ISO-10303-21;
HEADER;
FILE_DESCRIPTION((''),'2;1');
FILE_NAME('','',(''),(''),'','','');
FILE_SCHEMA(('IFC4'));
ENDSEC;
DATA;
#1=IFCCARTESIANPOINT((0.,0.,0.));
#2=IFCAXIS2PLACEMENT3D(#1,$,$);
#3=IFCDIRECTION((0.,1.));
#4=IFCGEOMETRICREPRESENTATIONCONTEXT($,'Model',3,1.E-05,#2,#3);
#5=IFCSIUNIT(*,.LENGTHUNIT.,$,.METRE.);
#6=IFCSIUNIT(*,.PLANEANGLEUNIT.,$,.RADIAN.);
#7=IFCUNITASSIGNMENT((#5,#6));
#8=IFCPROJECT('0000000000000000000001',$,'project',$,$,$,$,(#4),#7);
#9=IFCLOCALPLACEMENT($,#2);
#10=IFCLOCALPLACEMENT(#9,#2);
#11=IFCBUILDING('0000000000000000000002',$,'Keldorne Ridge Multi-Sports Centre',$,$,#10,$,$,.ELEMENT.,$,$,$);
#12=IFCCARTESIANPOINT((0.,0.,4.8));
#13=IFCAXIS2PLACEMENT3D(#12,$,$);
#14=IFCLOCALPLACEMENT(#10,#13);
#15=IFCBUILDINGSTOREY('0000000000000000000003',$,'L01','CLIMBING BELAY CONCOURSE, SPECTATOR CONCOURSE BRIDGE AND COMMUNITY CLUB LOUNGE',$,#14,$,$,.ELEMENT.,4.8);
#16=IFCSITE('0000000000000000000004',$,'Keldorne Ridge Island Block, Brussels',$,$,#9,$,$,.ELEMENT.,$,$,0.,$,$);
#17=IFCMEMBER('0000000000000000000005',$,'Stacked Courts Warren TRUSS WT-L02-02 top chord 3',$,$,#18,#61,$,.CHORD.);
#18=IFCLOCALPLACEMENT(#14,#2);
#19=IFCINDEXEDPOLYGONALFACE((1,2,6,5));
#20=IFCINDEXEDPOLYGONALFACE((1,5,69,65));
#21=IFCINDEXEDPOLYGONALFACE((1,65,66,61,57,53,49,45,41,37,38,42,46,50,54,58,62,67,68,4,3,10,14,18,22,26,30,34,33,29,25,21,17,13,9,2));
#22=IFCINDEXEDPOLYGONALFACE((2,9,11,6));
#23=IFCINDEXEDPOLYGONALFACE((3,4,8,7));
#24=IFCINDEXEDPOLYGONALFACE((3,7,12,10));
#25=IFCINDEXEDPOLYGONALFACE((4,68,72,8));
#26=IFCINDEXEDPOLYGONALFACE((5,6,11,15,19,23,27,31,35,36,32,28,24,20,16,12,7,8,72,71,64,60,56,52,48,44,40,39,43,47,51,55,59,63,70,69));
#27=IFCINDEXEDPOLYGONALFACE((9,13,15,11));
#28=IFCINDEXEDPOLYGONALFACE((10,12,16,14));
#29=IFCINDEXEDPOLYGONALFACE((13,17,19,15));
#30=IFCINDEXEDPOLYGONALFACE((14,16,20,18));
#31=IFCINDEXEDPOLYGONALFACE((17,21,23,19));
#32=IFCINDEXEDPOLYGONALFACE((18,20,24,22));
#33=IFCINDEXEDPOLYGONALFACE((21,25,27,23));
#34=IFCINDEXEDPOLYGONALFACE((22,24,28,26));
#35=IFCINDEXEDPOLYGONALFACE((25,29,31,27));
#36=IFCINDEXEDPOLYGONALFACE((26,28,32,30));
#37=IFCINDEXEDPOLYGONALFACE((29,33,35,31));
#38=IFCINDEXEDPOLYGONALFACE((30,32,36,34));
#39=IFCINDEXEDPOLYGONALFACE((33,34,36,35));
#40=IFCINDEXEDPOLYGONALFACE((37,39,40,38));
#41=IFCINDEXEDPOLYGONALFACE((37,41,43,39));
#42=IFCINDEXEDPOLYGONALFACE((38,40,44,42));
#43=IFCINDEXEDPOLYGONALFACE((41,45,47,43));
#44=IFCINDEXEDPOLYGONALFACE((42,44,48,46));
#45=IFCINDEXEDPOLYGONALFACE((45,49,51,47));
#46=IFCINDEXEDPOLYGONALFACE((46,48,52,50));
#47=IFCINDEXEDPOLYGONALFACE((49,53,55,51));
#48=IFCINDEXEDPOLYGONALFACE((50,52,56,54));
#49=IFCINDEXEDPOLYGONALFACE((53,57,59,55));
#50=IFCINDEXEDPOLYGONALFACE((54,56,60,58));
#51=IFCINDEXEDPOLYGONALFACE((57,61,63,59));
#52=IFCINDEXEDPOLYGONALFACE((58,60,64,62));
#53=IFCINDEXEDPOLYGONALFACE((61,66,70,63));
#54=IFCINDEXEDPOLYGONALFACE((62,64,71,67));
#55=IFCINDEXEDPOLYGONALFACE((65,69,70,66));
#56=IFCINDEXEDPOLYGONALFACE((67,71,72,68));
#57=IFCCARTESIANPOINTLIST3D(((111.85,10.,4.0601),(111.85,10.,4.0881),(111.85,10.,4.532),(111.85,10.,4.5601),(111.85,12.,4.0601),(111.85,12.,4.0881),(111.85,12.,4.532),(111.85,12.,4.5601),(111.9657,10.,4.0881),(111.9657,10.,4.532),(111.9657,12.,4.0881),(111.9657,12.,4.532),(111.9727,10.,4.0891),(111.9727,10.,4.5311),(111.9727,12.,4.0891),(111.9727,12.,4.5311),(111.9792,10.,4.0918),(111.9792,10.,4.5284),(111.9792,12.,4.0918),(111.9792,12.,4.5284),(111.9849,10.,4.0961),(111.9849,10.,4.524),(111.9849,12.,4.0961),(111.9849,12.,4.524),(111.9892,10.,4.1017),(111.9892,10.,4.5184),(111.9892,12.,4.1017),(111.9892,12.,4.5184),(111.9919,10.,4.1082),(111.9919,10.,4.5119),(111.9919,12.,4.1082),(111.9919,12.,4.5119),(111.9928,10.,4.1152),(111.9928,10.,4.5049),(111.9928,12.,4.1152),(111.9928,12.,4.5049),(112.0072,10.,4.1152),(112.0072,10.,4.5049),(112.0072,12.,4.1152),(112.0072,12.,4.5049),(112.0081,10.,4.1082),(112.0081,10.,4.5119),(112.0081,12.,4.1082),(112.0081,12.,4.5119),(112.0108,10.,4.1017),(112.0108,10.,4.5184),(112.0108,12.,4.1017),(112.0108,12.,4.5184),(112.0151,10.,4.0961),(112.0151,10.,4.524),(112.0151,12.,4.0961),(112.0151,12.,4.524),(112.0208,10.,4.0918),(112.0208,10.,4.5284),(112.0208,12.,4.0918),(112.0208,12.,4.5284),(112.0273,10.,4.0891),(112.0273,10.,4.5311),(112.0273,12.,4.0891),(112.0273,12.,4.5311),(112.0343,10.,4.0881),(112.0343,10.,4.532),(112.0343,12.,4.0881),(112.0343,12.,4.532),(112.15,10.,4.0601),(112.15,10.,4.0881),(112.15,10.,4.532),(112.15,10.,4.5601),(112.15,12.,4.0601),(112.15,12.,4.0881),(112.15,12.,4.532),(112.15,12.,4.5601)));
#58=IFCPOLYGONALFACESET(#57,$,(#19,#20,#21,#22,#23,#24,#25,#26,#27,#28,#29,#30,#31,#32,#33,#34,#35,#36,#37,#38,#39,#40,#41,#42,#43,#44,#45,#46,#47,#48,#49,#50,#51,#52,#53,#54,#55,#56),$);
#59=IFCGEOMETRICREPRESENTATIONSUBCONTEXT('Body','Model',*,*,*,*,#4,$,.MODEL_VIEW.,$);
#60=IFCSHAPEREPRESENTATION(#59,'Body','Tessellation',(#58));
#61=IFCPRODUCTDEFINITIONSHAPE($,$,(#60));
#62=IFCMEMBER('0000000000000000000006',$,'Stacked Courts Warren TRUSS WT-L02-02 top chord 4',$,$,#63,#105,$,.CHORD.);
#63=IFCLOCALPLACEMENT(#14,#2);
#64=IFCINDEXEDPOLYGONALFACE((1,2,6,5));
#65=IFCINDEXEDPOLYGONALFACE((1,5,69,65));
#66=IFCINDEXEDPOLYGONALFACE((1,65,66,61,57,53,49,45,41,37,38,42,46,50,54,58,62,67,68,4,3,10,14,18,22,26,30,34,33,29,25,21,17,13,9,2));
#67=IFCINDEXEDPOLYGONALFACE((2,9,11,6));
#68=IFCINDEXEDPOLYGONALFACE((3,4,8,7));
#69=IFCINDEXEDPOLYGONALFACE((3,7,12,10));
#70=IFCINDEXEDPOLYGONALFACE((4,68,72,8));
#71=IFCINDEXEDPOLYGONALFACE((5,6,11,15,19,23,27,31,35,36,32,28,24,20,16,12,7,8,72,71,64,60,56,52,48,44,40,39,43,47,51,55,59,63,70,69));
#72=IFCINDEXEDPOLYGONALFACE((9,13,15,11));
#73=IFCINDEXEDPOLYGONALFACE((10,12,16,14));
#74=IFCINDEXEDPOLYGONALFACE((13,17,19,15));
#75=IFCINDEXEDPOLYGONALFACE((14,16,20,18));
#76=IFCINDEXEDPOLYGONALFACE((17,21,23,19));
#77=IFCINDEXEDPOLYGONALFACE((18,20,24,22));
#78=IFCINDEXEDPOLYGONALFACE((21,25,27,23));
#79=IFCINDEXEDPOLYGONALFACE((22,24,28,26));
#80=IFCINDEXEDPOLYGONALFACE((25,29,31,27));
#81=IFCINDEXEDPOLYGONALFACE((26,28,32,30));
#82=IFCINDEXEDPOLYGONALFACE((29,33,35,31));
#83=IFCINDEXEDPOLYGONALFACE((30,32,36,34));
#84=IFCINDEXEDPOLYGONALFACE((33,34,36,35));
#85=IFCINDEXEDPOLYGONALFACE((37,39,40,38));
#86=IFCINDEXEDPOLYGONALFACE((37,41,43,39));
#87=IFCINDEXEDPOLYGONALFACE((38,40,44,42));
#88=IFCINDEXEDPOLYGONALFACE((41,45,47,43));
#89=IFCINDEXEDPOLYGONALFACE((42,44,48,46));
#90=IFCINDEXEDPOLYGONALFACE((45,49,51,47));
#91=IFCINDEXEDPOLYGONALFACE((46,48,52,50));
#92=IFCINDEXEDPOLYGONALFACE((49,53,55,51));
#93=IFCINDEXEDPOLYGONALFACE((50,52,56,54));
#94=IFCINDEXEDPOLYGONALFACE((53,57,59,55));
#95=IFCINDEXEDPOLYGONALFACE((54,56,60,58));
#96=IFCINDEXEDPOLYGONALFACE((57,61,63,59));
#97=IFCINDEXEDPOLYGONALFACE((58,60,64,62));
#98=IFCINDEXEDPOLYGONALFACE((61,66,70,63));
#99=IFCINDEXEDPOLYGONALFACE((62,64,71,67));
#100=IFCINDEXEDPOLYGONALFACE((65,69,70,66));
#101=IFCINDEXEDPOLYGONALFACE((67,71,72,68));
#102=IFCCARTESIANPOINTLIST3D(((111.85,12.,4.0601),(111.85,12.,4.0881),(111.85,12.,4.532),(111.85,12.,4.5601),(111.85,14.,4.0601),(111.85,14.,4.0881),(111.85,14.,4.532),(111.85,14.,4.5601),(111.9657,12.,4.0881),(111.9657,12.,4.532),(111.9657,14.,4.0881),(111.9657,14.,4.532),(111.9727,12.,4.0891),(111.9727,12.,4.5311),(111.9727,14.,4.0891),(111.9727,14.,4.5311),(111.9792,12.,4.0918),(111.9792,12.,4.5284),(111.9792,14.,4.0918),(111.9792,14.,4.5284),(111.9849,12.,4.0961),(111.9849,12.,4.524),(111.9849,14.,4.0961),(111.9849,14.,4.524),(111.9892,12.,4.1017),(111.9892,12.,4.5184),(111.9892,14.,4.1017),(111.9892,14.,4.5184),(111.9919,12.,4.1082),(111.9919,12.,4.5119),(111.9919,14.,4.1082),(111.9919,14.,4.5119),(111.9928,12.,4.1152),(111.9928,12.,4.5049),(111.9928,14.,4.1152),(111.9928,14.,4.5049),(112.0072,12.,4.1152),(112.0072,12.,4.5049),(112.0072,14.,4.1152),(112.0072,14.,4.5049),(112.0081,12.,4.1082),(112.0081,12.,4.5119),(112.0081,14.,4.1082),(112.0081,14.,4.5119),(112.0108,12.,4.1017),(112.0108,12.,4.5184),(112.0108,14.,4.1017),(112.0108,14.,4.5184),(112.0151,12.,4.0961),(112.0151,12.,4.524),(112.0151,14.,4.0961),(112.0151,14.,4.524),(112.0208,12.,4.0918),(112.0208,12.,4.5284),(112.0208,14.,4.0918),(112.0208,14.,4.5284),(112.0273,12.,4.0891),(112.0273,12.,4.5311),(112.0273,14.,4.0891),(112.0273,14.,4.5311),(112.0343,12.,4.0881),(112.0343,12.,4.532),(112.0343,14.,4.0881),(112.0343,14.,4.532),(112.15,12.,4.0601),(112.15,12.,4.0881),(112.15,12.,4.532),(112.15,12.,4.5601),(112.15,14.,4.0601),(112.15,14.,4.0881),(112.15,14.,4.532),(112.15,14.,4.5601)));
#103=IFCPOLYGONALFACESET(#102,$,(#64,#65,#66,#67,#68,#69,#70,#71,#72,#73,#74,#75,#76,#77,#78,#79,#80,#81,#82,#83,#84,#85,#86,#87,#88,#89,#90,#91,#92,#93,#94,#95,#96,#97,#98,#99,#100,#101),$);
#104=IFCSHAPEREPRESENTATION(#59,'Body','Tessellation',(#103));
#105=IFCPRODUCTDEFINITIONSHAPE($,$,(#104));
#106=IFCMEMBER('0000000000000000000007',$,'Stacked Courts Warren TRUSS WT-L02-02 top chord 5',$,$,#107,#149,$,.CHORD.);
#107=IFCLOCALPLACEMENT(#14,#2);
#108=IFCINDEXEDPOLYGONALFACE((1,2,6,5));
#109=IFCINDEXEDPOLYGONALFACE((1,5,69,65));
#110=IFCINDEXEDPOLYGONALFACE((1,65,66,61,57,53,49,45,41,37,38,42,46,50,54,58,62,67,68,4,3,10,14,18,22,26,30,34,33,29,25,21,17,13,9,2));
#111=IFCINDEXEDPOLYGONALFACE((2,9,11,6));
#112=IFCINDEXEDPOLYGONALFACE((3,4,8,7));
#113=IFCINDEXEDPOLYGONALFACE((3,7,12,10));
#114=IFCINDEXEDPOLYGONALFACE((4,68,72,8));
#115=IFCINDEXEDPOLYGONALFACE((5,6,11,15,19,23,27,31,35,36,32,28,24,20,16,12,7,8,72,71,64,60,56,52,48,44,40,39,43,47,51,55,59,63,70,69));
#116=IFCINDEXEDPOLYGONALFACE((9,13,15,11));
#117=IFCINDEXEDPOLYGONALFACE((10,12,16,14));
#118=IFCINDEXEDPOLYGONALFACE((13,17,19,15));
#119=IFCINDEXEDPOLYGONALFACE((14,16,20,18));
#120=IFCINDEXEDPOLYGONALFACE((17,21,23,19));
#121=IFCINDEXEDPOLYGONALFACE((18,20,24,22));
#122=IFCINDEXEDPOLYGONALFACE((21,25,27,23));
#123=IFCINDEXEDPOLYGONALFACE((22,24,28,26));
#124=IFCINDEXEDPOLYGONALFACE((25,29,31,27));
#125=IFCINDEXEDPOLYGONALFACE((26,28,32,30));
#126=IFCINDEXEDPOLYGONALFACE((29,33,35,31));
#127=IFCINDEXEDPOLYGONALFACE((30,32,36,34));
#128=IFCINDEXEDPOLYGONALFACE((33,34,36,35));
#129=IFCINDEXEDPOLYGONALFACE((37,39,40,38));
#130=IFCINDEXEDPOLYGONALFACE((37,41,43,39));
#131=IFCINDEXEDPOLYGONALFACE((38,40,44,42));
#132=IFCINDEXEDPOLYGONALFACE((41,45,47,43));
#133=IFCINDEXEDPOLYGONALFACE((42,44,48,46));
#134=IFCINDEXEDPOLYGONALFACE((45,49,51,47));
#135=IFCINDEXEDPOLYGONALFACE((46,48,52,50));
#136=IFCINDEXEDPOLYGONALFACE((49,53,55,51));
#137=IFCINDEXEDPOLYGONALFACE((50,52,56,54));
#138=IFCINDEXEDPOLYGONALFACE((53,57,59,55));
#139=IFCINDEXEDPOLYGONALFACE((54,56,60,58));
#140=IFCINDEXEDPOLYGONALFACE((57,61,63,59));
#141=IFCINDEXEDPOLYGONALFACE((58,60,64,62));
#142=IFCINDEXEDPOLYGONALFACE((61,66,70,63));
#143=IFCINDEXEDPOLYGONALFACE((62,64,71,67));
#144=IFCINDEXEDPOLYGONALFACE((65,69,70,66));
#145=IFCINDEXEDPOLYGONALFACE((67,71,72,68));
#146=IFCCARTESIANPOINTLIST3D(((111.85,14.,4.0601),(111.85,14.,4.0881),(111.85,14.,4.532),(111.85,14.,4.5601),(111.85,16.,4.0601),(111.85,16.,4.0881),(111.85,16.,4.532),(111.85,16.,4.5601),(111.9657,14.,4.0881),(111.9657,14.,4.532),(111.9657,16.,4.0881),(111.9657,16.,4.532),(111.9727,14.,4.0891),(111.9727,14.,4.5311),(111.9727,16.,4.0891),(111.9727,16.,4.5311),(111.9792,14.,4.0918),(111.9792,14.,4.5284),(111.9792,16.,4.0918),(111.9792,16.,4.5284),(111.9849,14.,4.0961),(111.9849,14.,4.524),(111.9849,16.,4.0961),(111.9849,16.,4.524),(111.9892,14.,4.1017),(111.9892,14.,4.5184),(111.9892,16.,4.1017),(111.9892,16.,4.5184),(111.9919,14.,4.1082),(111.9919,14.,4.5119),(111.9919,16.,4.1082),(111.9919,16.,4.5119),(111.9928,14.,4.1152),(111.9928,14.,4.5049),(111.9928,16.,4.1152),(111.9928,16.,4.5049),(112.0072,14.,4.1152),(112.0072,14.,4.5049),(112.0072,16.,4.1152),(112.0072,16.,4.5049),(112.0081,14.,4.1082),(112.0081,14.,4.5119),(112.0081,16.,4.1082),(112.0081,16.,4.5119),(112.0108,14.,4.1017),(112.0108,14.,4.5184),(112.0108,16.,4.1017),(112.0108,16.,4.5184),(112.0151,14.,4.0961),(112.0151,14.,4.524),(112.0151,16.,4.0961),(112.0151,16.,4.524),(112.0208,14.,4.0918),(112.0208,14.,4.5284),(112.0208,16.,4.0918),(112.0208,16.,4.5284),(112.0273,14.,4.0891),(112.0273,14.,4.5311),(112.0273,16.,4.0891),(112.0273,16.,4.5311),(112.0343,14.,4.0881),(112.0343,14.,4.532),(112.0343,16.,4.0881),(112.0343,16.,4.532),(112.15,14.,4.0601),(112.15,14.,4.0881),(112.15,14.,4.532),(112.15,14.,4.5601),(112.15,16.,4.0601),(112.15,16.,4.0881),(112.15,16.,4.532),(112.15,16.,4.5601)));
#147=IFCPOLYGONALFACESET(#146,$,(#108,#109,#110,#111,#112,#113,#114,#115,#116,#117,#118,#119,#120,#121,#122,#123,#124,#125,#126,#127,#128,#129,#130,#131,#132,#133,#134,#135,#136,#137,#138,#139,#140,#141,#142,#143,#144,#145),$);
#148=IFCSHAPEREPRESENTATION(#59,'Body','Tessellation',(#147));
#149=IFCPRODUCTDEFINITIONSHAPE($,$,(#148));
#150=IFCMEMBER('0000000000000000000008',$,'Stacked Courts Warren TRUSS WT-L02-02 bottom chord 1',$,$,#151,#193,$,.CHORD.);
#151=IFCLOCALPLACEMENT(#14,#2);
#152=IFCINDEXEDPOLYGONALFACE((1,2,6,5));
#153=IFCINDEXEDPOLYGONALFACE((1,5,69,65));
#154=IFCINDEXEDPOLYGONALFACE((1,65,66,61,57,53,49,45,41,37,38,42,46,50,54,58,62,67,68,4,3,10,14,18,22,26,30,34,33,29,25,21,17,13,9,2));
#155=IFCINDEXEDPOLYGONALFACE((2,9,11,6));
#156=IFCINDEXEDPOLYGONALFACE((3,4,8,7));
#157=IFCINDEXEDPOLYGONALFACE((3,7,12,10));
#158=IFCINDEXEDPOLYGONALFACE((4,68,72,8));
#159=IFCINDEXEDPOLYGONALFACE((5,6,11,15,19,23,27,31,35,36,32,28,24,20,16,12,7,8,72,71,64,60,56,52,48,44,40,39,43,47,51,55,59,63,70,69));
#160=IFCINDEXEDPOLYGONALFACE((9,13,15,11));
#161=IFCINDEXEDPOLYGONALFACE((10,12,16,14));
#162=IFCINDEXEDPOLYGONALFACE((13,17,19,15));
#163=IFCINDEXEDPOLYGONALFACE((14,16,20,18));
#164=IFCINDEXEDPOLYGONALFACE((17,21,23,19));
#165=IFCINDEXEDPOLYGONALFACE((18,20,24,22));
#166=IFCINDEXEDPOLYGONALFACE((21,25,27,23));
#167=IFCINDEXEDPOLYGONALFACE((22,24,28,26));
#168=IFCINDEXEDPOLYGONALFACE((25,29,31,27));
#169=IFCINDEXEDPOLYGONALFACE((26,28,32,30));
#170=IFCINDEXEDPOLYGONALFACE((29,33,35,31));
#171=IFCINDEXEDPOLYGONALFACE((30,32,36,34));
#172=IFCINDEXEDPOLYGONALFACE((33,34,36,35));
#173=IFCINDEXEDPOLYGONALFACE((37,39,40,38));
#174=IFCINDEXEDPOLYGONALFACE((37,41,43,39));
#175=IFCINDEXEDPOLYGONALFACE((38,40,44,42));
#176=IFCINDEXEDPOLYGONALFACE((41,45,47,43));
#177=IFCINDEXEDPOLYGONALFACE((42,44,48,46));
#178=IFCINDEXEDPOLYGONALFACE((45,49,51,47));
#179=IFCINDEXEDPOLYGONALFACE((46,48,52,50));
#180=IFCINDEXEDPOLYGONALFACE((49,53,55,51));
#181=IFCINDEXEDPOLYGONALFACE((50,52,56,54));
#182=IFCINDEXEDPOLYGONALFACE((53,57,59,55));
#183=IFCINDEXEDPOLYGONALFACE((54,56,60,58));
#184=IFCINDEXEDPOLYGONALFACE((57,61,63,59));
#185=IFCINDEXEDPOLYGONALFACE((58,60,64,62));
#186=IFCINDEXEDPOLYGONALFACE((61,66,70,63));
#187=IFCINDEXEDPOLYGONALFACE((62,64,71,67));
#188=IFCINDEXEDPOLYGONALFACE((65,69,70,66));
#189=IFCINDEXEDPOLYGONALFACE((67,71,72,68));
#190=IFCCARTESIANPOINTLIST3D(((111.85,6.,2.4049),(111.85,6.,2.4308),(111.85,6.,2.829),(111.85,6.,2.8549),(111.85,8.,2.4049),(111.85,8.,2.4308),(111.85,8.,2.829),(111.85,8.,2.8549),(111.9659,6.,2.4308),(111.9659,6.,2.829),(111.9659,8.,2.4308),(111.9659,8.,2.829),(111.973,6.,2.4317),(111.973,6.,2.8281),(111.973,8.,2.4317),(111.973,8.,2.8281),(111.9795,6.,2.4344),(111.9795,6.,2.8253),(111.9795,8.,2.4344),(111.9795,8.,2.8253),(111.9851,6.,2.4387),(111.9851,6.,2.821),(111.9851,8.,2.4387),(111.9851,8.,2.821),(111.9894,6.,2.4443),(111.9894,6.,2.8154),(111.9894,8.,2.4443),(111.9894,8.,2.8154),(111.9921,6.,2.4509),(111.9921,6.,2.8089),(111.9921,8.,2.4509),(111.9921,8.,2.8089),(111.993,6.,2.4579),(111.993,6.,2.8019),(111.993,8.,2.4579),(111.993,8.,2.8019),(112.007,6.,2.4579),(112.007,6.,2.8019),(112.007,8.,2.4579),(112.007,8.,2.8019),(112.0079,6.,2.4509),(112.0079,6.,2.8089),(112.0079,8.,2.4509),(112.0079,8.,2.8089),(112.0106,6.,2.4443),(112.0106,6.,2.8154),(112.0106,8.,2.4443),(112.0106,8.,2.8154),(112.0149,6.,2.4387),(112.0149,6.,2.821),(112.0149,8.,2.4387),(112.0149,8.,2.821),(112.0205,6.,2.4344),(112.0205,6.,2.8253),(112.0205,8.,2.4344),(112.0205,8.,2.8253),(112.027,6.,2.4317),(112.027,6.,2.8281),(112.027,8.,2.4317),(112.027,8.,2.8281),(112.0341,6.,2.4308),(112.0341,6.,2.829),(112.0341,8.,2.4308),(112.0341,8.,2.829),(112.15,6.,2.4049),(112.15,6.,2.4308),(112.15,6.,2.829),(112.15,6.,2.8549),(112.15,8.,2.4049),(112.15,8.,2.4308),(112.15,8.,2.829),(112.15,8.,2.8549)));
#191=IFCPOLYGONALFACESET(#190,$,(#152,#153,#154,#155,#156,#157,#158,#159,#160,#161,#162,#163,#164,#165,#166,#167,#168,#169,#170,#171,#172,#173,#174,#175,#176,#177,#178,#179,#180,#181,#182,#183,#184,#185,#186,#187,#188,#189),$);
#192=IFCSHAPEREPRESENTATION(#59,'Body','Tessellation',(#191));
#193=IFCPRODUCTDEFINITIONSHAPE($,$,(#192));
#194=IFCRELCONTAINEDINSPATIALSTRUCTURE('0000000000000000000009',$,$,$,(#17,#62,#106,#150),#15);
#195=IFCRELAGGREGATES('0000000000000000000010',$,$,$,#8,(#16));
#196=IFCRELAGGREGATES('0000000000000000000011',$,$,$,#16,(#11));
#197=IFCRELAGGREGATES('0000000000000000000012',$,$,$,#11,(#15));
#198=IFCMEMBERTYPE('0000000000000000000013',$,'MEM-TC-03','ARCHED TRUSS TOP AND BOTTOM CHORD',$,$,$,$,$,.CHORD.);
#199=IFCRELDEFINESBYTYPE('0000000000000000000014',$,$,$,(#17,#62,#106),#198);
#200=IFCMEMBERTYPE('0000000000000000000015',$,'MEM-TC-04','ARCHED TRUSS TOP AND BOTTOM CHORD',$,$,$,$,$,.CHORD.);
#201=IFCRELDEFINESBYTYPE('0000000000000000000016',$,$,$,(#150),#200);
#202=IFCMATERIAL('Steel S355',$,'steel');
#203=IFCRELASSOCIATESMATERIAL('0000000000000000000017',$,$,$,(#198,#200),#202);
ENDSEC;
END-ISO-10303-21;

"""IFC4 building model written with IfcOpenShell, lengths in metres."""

from ifc_helpers import new_model, si_unit, direction, frame, origin, origin_2d, place, context, subcontext, project, spatial, i_section, extrude, material, material_profile, profile_set, type_object, element, save


model = new_model("IFC4")

# Units and contexts
model_context = context("Model", 3, precision=1e-05, world=origin(), true_north=direction((0.0, 1.0)))
body_context = subcontext(model_context, "Body", "Model", "MODEL_VIEW")
ifc_project = project(units=[si_unit("LENGTHUNIT", "METRE"), si_unit("PLANEANGLEUNIT", "RADIAN")], contexts=[model_context])

# Site, building, storey
site_placement = place(None, origin())
site = spatial("IfcSite", under=ifc_project, at=site_placement, Name="Keldorne Ridge Island Block, Brussels", CompositionType="ELEMENT", RefElevation=0.0)
building_placement = place(site_placement, origin())
building = spatial("IfcBuilding", under=site, at=building_placement, Name="Keldorne Ridge Multi-Sports Centre", CompositionType="ELEMENT")
storey_placement = place(building_placement, frame((0.0, 0.0, 4.8)))
storey = spatial("IfcBuildingStorey", under=building, at=storey_placement, Name="L01", Description="CLIMBING BELAY CONCOURSE, SPECTATOR CONCOURSE BRIDGE AND COMMUNITY CLUB LOUNGE", CompositionType="ELEMENT", Elevation=4.8)

# Shared definitions
ifc_material_1 = material(Name="Steel S355", Category="steel")

# Members
ifc_material_profile_1 = material_profile(ifc_material_1, i_section(OverallWidth=0.3, OverallDepth=0.5, WebThickness=0.0144, FlangeThickness=0.0281, FilletRadius=0.0271, at=origin_2d()), Name="HEB 500")
ifc_profile_set_1 = profile_set([ifc_material_profile_1], Name="Steel S355")
member_type_1 = type_object("IfcMemberType", Name="MEM-TC-03", Description="ARCHED TRUSS TOP AND BOTTOM CHORD", PredefinedType="CHORD", material=ifc_profile_set_1)
for number, where, z_axis, x_axis, name in (
    (1, (112.0, 10.0, 4.3101), (0.0, 1.0, 0.0), (-1.0, 0.0, 0.0), "Stacked Courts Warren TRUSS WT-L02-02 top chord 3"),
    (2, (112.0, 12.0, 4.3101), (0.0, 1.0, 0.0), (-1.0, 0.0, 0.0), "Stacked Courts Warren TRUSS WT-L02-02 top chord 4"),
    (3, (112.0, 14.0, 4.3101), (0.0, 1.0, 0.0), (-1.0, 0.0, 0.0), "Stacked Courts Warren TRUSS WT-L02-02 top chord 5"),
):
    element("IfcMember", number, at=place(storey_placement, frame(where, z_axis=z_axis, x_axis=x_axis)), inside=storey, type_object=member_type_1, Name=name, PredefinedType="CHORD", context=body_context, shape_type="SweptSolid", body=[
        extrude(i_section(OverallWidth=0.3, OverallDepth=0.5, WebThickness=0.0144, FlangeThickness=0.0281, FilletRadius=0.0271, at=origin_2d()), origin(), (0.0, 0.0, 1.0), 2.0),
    ])
ifc_material_profile_2 = material_profile(ifc_material_1, i_section(OverallWidth=0.3, OverallDepth=0.45, WebThickness=0.0139, FlangeThickness=0.0259, FilletRadius=0.0271, at=origin_2d()), Name="HEB 450")
ifc_profile_set_2 = profile_set([ifc_material_profile_2], Name="Steel S355")
member_type_2 = type_object("IfcMemberType", Name="MEM-TC-04", Description="ARCHED TRUSS TOP AND BOTTOM CHORD", PredefinedType="CHORD", material=ifc_profile_set_2)
for number, where, z_axis, x_axis, name in (
    (4, (112.0, 6.0, 2.6299), (0.0, 1.0, 0.0), (-1.0, 0.0, 0.0), "Stacked Courts Warren TRUSS WT-L02-02 bottom chord 1"),
):
    element("IfcMember", number, at=place(storey_placement, frame(where, z_axis=z_axis, x_axis=x_axis)), inside=storey, type_object=member_type_2, Name=name, PredefinedType="CHORD", context=body_context, shape_type="SweptSolid", body=[
        extrude(i_section(OverallWidth=0.3, OverallDepth=0.45, WebThickness=0.0139, FlangeThickness=0.0259, FilletRadius=0.0271, at=origin_2d()), origin(), (0.0, 0.0, 1.0), 2.0),
    ])

save(model, "model.ifc")
